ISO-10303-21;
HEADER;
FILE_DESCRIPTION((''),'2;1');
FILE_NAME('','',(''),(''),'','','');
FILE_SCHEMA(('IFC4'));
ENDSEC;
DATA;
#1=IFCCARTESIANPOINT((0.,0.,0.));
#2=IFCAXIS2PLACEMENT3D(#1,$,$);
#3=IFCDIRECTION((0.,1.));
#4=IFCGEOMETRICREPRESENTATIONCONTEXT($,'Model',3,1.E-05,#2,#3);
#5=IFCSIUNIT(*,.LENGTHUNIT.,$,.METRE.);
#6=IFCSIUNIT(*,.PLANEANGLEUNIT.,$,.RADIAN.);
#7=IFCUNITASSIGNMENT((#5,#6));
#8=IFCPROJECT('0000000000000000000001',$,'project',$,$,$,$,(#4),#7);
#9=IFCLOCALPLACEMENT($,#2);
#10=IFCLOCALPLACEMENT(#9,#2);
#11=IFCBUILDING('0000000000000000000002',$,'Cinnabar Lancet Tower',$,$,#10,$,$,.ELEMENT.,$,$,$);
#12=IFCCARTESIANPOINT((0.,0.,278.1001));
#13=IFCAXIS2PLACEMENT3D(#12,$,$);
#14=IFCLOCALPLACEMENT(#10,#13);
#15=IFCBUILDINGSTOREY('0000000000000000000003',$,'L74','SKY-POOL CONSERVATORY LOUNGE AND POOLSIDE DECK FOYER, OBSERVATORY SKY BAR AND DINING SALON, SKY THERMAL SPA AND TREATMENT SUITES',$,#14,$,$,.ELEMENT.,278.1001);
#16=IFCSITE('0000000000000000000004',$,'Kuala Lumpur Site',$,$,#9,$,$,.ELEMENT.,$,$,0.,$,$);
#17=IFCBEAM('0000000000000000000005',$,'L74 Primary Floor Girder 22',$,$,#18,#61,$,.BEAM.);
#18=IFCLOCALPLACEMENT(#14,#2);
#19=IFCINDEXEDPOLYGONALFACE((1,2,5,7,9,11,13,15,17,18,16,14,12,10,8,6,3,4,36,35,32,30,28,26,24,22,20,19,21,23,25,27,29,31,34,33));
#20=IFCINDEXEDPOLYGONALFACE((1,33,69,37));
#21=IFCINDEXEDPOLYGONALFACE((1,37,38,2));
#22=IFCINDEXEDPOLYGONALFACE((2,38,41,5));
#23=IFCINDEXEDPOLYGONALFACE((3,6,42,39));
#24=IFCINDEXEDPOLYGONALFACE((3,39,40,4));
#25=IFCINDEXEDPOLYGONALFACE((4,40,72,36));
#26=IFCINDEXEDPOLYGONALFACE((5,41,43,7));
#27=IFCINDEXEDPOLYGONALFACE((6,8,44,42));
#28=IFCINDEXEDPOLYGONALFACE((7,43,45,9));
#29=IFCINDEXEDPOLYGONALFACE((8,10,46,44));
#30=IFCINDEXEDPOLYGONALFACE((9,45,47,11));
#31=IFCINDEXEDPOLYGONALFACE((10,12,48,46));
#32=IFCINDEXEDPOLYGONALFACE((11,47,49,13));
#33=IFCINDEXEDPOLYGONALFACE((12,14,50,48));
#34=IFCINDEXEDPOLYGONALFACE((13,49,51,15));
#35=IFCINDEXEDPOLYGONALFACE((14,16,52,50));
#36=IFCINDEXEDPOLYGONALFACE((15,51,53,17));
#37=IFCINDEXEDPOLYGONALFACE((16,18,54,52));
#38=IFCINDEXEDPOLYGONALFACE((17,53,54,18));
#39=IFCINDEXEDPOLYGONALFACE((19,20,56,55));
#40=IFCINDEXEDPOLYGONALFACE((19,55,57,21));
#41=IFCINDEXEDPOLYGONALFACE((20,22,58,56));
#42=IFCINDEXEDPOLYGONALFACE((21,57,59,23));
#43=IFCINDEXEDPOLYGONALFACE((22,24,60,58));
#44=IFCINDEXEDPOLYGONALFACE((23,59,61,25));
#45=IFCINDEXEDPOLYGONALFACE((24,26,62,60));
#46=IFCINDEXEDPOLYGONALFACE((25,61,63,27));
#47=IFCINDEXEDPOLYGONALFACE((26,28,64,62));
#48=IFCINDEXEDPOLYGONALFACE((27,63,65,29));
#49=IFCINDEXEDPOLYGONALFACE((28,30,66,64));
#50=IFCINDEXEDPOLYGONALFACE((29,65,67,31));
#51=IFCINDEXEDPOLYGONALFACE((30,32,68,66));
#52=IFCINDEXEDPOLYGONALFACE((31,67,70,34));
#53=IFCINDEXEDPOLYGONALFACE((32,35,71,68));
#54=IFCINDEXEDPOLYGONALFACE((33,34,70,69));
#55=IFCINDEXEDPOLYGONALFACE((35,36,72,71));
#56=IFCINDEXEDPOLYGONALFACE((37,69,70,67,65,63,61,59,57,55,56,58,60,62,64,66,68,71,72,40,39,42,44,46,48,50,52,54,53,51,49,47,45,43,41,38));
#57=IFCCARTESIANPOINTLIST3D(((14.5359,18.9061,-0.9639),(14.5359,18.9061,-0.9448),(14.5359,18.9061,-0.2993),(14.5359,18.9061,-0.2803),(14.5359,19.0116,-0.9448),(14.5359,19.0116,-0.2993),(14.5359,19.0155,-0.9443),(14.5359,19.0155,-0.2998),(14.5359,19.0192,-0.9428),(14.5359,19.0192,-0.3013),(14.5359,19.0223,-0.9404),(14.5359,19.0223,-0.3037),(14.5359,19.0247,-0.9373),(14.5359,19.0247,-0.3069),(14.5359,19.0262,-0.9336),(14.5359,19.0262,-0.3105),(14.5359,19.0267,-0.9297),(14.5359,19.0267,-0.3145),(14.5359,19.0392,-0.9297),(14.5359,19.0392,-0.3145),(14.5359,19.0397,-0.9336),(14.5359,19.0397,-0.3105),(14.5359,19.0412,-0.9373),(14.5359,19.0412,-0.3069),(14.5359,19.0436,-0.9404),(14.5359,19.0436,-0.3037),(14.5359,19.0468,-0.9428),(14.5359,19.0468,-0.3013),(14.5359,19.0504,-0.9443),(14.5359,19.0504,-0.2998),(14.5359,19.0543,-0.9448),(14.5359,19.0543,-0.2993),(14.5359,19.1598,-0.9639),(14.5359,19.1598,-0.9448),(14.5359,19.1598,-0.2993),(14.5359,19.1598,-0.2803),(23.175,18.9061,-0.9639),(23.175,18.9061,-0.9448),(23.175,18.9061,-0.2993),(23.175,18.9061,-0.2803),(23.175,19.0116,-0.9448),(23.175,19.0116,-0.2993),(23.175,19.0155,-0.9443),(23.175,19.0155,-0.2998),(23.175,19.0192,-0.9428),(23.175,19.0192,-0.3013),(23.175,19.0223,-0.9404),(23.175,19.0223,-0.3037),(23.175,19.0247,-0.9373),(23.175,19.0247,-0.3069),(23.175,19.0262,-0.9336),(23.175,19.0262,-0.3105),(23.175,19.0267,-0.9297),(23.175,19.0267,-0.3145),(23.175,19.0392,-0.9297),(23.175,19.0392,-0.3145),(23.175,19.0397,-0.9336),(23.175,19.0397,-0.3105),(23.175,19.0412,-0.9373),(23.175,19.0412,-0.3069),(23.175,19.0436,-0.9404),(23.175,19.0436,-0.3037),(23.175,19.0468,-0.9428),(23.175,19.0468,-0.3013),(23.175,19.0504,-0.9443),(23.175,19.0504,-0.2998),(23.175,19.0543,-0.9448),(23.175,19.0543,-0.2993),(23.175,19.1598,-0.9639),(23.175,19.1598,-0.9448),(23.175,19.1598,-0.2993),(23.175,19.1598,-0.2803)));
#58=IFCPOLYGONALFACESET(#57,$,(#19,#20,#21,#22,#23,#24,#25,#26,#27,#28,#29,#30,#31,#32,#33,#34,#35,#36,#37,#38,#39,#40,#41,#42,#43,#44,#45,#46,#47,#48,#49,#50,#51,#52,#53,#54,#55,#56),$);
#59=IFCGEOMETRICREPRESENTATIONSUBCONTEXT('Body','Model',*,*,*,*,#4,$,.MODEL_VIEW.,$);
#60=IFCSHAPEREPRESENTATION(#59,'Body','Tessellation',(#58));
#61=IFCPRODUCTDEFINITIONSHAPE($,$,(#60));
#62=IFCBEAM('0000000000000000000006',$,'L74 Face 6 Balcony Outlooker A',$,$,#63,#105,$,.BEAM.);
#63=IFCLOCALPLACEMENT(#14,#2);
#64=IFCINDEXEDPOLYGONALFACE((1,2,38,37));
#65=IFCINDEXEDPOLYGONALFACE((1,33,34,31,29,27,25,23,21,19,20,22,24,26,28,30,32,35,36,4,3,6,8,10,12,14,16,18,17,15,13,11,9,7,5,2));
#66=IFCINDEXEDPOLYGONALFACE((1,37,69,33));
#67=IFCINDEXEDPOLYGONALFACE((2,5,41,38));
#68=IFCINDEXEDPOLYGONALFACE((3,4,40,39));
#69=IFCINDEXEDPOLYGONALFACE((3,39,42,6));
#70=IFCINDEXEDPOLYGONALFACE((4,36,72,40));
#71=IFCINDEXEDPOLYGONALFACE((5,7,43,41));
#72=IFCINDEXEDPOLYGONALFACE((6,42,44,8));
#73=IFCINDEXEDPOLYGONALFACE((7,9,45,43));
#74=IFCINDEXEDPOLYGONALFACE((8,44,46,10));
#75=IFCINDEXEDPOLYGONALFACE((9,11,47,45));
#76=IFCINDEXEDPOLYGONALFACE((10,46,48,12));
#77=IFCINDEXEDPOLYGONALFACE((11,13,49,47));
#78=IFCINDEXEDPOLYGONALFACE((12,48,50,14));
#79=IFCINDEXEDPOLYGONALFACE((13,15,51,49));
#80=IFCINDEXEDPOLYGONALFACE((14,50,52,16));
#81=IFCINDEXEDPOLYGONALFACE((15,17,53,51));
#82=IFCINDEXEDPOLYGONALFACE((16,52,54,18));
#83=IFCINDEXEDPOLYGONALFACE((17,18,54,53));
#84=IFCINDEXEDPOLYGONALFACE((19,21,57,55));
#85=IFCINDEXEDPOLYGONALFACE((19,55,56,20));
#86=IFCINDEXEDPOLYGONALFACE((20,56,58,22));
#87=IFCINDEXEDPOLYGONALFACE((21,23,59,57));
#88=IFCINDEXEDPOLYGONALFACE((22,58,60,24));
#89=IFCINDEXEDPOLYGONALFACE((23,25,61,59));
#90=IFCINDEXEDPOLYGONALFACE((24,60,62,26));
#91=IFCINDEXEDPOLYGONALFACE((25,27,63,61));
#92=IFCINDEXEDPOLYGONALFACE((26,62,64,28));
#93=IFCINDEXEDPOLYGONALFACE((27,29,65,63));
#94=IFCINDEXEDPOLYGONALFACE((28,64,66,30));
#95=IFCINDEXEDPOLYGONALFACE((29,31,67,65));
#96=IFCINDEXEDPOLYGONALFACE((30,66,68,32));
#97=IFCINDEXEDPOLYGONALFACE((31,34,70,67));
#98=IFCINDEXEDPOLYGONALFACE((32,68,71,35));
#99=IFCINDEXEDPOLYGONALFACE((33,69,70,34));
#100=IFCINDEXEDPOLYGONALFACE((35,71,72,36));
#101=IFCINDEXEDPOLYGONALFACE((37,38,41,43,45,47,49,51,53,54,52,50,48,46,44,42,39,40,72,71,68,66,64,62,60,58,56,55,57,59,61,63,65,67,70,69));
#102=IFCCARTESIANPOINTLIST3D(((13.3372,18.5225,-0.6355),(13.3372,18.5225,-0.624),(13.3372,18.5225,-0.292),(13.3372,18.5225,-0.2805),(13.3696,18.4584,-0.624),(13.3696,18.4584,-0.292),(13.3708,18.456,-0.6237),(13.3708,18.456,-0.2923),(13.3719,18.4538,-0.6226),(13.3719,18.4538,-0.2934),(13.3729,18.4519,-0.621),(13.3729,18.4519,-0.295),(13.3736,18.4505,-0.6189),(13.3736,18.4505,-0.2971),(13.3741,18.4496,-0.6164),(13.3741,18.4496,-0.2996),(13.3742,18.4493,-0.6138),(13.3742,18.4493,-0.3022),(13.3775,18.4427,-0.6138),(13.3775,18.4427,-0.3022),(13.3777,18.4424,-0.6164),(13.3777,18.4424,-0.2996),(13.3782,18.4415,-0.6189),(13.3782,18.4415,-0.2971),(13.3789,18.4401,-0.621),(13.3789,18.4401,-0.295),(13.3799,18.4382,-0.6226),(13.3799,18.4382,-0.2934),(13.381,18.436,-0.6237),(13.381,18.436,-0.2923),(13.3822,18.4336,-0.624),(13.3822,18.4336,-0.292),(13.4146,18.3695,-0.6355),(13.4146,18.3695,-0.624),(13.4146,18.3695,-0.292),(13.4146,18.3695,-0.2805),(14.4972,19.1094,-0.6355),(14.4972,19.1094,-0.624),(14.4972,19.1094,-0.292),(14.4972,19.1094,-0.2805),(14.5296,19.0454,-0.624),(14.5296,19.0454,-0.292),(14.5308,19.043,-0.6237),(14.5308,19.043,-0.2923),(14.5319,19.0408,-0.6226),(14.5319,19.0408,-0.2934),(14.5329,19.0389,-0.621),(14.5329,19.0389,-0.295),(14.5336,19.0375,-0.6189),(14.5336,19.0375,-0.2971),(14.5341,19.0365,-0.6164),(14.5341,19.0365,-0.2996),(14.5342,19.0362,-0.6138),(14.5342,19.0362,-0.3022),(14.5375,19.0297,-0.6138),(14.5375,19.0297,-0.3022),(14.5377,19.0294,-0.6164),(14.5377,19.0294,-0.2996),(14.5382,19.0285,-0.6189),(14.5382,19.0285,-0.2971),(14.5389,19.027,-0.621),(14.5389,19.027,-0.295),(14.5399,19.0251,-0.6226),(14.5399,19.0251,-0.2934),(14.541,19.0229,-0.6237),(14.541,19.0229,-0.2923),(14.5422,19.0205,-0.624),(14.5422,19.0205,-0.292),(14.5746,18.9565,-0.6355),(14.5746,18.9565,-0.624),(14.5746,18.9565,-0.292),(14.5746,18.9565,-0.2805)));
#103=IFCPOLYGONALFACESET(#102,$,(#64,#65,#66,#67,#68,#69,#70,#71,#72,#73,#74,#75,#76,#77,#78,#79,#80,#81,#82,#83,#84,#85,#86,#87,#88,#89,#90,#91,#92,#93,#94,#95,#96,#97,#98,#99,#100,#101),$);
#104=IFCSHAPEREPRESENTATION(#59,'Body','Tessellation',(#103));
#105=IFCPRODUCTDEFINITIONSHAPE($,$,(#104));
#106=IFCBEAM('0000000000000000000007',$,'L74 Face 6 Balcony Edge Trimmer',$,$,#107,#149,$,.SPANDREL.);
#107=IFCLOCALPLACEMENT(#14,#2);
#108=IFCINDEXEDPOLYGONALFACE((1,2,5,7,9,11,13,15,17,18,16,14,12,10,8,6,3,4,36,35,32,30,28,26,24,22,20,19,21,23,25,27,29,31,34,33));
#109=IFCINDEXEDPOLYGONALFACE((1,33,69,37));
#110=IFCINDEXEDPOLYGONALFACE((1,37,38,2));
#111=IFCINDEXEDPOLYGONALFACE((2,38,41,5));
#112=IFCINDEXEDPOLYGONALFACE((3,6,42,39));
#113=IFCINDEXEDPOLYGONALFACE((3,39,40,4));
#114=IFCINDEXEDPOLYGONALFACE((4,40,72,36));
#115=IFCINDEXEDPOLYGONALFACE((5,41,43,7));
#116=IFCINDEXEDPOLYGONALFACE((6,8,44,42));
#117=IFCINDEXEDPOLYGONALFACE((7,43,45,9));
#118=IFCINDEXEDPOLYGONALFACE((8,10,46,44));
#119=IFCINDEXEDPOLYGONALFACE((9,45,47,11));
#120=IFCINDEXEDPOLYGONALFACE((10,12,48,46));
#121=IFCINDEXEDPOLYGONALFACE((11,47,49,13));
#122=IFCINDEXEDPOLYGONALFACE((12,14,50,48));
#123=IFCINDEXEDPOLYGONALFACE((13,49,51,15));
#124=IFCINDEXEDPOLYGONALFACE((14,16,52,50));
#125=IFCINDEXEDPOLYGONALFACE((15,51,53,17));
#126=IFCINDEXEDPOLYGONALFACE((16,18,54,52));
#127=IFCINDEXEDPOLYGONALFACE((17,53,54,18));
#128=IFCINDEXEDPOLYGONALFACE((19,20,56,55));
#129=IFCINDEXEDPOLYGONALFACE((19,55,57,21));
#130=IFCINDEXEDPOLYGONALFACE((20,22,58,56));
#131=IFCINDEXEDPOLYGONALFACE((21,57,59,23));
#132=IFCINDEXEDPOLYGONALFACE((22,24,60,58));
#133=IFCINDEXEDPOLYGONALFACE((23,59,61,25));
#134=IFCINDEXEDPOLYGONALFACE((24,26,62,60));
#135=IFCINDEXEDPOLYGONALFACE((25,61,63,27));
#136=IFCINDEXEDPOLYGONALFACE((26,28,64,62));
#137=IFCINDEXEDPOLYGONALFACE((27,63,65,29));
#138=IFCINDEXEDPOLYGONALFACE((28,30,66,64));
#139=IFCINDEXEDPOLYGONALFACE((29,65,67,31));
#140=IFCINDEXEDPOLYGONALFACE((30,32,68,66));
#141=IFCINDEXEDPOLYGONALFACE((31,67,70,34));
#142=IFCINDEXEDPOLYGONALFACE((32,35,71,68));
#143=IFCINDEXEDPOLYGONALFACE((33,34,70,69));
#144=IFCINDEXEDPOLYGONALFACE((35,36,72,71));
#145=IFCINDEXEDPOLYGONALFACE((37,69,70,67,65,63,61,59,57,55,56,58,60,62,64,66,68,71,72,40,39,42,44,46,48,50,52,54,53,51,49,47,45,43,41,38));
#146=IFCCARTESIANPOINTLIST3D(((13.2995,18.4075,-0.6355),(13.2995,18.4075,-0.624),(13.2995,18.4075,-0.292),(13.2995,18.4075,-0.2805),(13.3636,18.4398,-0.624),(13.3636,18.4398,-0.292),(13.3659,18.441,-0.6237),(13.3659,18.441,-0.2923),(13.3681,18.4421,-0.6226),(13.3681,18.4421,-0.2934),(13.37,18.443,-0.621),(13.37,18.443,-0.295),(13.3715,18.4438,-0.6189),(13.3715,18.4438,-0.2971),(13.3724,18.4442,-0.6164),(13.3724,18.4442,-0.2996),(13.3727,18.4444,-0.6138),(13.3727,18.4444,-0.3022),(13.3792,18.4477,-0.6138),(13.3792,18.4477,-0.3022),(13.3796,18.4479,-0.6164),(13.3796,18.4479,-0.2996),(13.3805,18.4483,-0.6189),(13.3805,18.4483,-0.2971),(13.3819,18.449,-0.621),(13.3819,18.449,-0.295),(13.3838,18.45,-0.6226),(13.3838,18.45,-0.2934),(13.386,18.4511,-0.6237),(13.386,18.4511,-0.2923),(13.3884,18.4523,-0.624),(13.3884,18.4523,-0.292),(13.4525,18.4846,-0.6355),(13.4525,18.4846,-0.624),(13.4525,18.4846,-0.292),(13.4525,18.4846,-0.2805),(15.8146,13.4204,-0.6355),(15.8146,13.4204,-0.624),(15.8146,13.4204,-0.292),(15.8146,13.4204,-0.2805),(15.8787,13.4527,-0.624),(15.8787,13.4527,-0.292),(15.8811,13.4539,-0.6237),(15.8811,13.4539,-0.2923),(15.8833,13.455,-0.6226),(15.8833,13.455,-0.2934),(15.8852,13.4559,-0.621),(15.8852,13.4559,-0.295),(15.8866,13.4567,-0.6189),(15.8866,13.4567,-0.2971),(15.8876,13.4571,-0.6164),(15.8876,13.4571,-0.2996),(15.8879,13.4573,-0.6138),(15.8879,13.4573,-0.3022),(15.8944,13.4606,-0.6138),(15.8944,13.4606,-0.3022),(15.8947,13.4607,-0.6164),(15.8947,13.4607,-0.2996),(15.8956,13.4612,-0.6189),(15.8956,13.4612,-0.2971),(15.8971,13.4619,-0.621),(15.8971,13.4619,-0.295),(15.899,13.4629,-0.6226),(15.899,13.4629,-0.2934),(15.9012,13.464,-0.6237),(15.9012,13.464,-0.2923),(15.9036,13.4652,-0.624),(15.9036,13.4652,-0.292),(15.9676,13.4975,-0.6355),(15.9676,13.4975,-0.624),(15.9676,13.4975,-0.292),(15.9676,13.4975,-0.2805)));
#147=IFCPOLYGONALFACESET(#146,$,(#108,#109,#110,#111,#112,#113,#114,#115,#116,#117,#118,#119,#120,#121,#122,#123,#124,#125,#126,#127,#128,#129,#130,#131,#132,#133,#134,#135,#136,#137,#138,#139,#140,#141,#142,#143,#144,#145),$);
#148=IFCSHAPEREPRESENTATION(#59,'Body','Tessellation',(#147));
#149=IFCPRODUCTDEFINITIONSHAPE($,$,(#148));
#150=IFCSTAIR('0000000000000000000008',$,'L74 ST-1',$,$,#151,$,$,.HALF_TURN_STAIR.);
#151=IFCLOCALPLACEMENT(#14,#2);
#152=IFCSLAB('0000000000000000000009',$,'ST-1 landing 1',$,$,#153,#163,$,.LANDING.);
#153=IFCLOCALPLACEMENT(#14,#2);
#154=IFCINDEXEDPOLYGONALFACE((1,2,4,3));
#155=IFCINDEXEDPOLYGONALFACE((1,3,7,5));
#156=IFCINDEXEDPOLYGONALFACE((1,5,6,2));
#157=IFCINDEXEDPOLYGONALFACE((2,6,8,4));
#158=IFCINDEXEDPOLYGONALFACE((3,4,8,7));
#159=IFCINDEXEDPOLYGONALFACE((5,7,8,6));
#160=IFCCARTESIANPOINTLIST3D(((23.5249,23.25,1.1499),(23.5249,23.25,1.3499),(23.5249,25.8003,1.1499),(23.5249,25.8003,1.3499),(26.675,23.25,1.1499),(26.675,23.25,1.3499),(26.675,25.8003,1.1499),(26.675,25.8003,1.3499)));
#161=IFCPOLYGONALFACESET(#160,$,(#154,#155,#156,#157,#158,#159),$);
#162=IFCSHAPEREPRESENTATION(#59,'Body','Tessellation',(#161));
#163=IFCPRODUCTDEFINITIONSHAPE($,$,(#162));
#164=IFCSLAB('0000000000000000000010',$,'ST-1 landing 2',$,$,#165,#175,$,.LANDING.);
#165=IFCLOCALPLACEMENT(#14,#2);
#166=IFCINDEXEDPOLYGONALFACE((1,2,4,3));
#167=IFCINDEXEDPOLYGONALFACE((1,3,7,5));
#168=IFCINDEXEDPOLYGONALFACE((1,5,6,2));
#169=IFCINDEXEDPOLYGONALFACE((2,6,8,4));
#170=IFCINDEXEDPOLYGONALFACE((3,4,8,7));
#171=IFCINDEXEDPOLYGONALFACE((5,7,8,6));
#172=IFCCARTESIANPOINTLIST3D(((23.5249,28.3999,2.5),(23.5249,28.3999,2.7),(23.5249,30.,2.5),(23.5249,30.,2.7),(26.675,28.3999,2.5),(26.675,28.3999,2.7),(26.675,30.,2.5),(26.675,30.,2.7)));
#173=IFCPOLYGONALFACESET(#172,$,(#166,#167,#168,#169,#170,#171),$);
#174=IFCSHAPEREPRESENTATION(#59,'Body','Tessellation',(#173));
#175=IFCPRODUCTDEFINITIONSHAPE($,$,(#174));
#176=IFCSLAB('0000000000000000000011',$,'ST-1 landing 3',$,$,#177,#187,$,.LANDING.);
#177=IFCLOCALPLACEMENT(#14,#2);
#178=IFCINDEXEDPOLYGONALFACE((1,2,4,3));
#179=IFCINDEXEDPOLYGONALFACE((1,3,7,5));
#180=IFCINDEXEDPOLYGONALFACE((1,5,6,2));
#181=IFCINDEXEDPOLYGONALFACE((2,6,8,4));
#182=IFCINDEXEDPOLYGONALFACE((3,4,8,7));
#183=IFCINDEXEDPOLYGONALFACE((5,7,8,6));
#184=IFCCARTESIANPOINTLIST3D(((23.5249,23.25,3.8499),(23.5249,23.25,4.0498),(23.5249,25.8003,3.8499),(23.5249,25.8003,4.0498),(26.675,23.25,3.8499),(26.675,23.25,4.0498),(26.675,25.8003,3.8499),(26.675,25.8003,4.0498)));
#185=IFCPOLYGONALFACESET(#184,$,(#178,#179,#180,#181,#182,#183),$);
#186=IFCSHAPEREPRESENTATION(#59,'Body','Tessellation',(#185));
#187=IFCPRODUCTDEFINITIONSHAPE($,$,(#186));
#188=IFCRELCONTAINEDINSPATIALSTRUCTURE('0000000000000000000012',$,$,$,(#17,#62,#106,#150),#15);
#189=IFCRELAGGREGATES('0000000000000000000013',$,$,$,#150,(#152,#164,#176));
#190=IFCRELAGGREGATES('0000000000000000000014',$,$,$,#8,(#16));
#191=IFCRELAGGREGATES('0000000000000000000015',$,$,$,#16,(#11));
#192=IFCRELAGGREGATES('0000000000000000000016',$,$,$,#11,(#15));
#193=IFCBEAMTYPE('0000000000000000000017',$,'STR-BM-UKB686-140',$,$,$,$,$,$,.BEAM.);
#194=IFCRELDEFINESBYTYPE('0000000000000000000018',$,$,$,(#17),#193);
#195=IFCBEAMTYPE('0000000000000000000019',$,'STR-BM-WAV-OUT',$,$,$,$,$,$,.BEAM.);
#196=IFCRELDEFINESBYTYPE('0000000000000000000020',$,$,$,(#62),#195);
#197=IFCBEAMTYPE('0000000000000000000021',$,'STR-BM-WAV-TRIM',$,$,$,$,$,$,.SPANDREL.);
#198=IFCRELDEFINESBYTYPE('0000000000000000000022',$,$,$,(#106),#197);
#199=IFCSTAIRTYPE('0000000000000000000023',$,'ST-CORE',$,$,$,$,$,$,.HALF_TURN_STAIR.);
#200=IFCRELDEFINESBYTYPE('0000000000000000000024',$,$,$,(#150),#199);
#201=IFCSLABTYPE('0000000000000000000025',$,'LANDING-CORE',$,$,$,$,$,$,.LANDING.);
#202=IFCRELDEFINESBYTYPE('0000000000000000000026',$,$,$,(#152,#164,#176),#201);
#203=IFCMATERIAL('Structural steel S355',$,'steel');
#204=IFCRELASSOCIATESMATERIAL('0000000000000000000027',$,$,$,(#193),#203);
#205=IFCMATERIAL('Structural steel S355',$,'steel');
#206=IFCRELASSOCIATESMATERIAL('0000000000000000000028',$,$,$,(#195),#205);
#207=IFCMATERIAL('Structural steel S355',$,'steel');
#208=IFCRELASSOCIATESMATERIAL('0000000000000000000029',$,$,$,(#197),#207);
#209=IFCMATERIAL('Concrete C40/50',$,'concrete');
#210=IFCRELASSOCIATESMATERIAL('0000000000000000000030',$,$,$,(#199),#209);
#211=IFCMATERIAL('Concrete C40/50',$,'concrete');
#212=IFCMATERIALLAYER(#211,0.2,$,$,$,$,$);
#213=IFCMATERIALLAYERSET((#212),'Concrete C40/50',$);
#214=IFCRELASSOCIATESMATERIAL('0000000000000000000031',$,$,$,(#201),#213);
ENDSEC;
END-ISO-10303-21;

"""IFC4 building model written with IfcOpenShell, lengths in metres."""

from ifc_helpers import new_model, si_unit, direction, frame, origin, origin_2d, place, context, subcontext, project, spatial, polyline, i_section, outline, extrude, material, layer, layer_set, material_profile, profile_set, type_object, element, aggregate, save


model = new_model("IFC4")

# Units and contexts
model_context = context("Model", 3, precision=1e-05, world=origin(), true_north=direction((0.0, 1.0)))
body_context = subcontext(model_context, "Body", "Model", "MODEL_VIEW")
ifc_project = project(units=[si_unit("LENGTHUNIT", "METRE"), si_unit("PLANEANGLEUNIT", "RADIAN")], contexts=[model_context])

# Site, building, storey
site_placement = place(None, origin())
site = spatial("IfcSite", under=ifc_project, at=site_placement, Name="Kuala Lumpur Site", CompositionType="ELEMENT", RefElevation=0.0)
building_placement = place(site_placement, origin())
building = spatial("IfcBuilding", under=site, at=building_placement, Name="Cinnabar Lancet Tower", CompositionType="ELEMENT")
storey_placement = place(building_placement, frame((0.0, 0.0, 278.1001)))
storey = spatial("IfcBuildingStorey", under=building, at=storey_placement, Name="L74", Description="SKY-POOL CONSERVATORY LOUNGE AND POOLSIDE DECK FOYER, OBSERVATORY SKY BAR AND DINING SALON, SKY THERMAL SPA AND TREATMENT SUITES", CompositionType="ELEMENT", Elevation=278.1001)

# Beams
ifc_material_1 = material(Name="Structural steel S355", Category="steel")
ifc_material_profile_1 = material_profile(ifc_material_1, i_section(OverallWidth=0.2537, OverallDepth=0.6836, WebThickness=0.0125, FlangeThickness=0.019, FilletRadius=0.0151, at=origin_2d()), Name="UKB 686x254x140")
ifc_profile_set_1 = profile_set([ifc_material_profile_1], Name="Structural steel S355")
beam_type_1 = type_object("IfcBeamType", Name="STR-BM-UKB686-140", PredefinedType="BEAM", material=ifc_profile_set_1)
beam_1_placement = place(storey_placement, frame((14.5359, 19.033, -0.6221), z_axis=(1.0, 0.0, 0.0), x_axis=(0.0, 1.0, 0.0)))
element("IfcBeam", 1, at=beam_1_placement, inside=storey, type_object=beam_type_1, Name="L74 Primary Floor Girder 22", PredefinedType="BEAM", context=body_context, shape_type="SweptSolid", body=[
    extrude(i_section(OverallWidth=0.2537, OverallDepth=0.6836, WebThickness=0.0125, FlangeThickness=0.019, FilletRadius=0.0151, at=origin_2d()), origin(), (0.0, 0.0, 1.0), 8.6392),
])
ifc_material_2 = material(Name="Structural steel S355", Category="steel")
ifc_material_profile_2 = material_profile(ifc_material_2, i_section(OverallWidth=0.1714, OverallDepth=0.355, WebThickness=0.0073, FlangeThickness=0.0115, FilletRadius=0.0103, at=origin_2d()), Name="UKB 356x171x51")
ifc_profile_set_2 = profile_set([ifc_material_profile_2], Name="Structural steel S355")
beam_type_2 = type_object("IfcBeamType", Name="STR-BM-WAV-OUT", PredefinedType="BEAM", material=ifc_profile_set_2)
beam_2_placement = place(storey_placement, frame((14.5359, 19.033, -0.458), z_axis=(-0.892276, -0.45149, 0.0), x_axis=(0.45149, -0.892276, 0.0)))
element("IfcBeam", 2, at=beam_2_placement, inside=storey, type_object=beam_type_2, Name="L74 Face 6 Balcony Outlooker A", PredefinedType="BEAM", context=body_context, shape_type="SweptSolid", body=[
    extrude(i_section(OverallWidth=0.1714, OverallDepth=0.355, WebThickness=0.0073, FlangeThickness=0.0115, FilletRadius=0.0103, at=origin_2d()), origin(), (0.0, 0.0, 1.0), 1.3),
])
ifc_material_3 = material(Name="Structural steel S355", Category="steel")
ifc_material_profile_3 = material_profile(ifc_material_3, i_section(OverallWidth=0.1714, OverallDepth=0.355, WebThickness=0.0073, FlangeThickness=0.0115, FilletRadius=0.0103, at=origin_2d()), Name="UKB 356x171x51")
ifc_profile_set_3 = profile_set([ifc_material_profile_3], Name="Structural steel S355")
beam_type_3 = type_object("IfcBeamType", Name="STR-BM-WAV-TRIM", PredefinedType="SPANDREL", material=ifc_profile_set_3)
beam_3_placement = place(storey_placement, frame((13.376, 18.446, -0.458), z_axis=(0.450306, -0.892874, 0.0), x_axis=(0.892874, 0.450306, 0.0)))
element("IfcBeam", 3, at=beam_3_placement, inside=storey, type_object=beam_type_3, Name="L74 Face 6 Balcony Edge Trimmer", PredefinedType="SPANDREL", context=body_context, shape_type="SweptSolid", body=[
    extrude(i_section(OverallWidth=0.1714, OverallDepth=0.355, WebThickness=0.0073, FlangeThickness=0.0115, FilletRadius=0.0103, at=origin_2d()), origin(), (0.0, 0.0, 1.0), 5.5854),
])

# Stair, slabs
ifc_material_4 = material(Name="Concrete C40/50", Category="concrete")
stair_type = type_object("IfcStairType", Name="ST-CORE", PredefinedType="HALF_TURN_STAIR", material=ifc_material_4)
stair_1_placement = place(storey_placement, origin())
stair_1 = element("IfcStair", 4, at=stair_1_placement, inside=storey, type_object=stair_type, Name="L74 ST-1", PredefinedType="HALF_TURN_STAIR")
ifc_material_5 = material(Name="Concrete C40/50", Category="concrete")
ifc_layer_1 = layer(ifc_material_5, 0.2)
ifc_layer_set_1 = layer_set([ifc_layer_1], Name="Concrete C40/50")
slab_type_1 = type_object("IfcSlabType", Name="LANDING-CORE", PredefinedType="LANDING", material=ifc_layer_set_1)
slab_1_placement = place(storey_placement, frame((0.0, 0.0, 1.1499)))
slab_1 = element("IfcSlab", 5, at=slab_1_placement, type_object=slab_type_1, Name="ST-1 landing 1", PredefinedType="LANDING", context=body_context, shape_type="SweptSolid", body=[
    extrude(outline(polyline([(23.5249, 25.8003), (23.5249, 23.25), (26.675, 23.25), (26.675, 25.8003), (23.5249, 25.8003)])), origin(), (0.0, 0.0, 1.0), 0.2),
])
slab_2_placement = place(storey_placement, frame((0.0, 0.0, 2.5)))
slab_2 = element("IfcSlab", 6, at=slab_2_placement, type_object=slab_type_1, Name="ST-1 landing 2", PredefinedType="LANDING", context=body_context, shape_type="SweptSolid", body=[
    extrude(outline(polyline([(23.5249, 30.0), (23.5249, 28.3999), (26.675, 28.3999), (26.675, 30.0), (23.5249, 30.0)])), origin(), (0.0, 0.0, 1.0), 0.2),
])
slab_3_placement = place(storey_placement, frame((0.0, 0.0, 3.8499)))
slab_3 = element("IfcSlab", 7, at=slab_3_placement, type_object=slab_type_1, Name="ST-1 landing 3", PredefinedType="LANDING", context=body_context, shape_type="SweptSolid", body=[
    extrude(outline(polyline([(23.5249, 25.8003), (23.5249, 23.25), (26.675, 23.25), (26.675, 25.8003), (23.5249, 25.8003)])), origin(), (0.0, 0.0, 1.0), 0.2),
])
aggregate(stair_1, [slab_1, slab_2, slab_3])

save(model, "model.ifc")
